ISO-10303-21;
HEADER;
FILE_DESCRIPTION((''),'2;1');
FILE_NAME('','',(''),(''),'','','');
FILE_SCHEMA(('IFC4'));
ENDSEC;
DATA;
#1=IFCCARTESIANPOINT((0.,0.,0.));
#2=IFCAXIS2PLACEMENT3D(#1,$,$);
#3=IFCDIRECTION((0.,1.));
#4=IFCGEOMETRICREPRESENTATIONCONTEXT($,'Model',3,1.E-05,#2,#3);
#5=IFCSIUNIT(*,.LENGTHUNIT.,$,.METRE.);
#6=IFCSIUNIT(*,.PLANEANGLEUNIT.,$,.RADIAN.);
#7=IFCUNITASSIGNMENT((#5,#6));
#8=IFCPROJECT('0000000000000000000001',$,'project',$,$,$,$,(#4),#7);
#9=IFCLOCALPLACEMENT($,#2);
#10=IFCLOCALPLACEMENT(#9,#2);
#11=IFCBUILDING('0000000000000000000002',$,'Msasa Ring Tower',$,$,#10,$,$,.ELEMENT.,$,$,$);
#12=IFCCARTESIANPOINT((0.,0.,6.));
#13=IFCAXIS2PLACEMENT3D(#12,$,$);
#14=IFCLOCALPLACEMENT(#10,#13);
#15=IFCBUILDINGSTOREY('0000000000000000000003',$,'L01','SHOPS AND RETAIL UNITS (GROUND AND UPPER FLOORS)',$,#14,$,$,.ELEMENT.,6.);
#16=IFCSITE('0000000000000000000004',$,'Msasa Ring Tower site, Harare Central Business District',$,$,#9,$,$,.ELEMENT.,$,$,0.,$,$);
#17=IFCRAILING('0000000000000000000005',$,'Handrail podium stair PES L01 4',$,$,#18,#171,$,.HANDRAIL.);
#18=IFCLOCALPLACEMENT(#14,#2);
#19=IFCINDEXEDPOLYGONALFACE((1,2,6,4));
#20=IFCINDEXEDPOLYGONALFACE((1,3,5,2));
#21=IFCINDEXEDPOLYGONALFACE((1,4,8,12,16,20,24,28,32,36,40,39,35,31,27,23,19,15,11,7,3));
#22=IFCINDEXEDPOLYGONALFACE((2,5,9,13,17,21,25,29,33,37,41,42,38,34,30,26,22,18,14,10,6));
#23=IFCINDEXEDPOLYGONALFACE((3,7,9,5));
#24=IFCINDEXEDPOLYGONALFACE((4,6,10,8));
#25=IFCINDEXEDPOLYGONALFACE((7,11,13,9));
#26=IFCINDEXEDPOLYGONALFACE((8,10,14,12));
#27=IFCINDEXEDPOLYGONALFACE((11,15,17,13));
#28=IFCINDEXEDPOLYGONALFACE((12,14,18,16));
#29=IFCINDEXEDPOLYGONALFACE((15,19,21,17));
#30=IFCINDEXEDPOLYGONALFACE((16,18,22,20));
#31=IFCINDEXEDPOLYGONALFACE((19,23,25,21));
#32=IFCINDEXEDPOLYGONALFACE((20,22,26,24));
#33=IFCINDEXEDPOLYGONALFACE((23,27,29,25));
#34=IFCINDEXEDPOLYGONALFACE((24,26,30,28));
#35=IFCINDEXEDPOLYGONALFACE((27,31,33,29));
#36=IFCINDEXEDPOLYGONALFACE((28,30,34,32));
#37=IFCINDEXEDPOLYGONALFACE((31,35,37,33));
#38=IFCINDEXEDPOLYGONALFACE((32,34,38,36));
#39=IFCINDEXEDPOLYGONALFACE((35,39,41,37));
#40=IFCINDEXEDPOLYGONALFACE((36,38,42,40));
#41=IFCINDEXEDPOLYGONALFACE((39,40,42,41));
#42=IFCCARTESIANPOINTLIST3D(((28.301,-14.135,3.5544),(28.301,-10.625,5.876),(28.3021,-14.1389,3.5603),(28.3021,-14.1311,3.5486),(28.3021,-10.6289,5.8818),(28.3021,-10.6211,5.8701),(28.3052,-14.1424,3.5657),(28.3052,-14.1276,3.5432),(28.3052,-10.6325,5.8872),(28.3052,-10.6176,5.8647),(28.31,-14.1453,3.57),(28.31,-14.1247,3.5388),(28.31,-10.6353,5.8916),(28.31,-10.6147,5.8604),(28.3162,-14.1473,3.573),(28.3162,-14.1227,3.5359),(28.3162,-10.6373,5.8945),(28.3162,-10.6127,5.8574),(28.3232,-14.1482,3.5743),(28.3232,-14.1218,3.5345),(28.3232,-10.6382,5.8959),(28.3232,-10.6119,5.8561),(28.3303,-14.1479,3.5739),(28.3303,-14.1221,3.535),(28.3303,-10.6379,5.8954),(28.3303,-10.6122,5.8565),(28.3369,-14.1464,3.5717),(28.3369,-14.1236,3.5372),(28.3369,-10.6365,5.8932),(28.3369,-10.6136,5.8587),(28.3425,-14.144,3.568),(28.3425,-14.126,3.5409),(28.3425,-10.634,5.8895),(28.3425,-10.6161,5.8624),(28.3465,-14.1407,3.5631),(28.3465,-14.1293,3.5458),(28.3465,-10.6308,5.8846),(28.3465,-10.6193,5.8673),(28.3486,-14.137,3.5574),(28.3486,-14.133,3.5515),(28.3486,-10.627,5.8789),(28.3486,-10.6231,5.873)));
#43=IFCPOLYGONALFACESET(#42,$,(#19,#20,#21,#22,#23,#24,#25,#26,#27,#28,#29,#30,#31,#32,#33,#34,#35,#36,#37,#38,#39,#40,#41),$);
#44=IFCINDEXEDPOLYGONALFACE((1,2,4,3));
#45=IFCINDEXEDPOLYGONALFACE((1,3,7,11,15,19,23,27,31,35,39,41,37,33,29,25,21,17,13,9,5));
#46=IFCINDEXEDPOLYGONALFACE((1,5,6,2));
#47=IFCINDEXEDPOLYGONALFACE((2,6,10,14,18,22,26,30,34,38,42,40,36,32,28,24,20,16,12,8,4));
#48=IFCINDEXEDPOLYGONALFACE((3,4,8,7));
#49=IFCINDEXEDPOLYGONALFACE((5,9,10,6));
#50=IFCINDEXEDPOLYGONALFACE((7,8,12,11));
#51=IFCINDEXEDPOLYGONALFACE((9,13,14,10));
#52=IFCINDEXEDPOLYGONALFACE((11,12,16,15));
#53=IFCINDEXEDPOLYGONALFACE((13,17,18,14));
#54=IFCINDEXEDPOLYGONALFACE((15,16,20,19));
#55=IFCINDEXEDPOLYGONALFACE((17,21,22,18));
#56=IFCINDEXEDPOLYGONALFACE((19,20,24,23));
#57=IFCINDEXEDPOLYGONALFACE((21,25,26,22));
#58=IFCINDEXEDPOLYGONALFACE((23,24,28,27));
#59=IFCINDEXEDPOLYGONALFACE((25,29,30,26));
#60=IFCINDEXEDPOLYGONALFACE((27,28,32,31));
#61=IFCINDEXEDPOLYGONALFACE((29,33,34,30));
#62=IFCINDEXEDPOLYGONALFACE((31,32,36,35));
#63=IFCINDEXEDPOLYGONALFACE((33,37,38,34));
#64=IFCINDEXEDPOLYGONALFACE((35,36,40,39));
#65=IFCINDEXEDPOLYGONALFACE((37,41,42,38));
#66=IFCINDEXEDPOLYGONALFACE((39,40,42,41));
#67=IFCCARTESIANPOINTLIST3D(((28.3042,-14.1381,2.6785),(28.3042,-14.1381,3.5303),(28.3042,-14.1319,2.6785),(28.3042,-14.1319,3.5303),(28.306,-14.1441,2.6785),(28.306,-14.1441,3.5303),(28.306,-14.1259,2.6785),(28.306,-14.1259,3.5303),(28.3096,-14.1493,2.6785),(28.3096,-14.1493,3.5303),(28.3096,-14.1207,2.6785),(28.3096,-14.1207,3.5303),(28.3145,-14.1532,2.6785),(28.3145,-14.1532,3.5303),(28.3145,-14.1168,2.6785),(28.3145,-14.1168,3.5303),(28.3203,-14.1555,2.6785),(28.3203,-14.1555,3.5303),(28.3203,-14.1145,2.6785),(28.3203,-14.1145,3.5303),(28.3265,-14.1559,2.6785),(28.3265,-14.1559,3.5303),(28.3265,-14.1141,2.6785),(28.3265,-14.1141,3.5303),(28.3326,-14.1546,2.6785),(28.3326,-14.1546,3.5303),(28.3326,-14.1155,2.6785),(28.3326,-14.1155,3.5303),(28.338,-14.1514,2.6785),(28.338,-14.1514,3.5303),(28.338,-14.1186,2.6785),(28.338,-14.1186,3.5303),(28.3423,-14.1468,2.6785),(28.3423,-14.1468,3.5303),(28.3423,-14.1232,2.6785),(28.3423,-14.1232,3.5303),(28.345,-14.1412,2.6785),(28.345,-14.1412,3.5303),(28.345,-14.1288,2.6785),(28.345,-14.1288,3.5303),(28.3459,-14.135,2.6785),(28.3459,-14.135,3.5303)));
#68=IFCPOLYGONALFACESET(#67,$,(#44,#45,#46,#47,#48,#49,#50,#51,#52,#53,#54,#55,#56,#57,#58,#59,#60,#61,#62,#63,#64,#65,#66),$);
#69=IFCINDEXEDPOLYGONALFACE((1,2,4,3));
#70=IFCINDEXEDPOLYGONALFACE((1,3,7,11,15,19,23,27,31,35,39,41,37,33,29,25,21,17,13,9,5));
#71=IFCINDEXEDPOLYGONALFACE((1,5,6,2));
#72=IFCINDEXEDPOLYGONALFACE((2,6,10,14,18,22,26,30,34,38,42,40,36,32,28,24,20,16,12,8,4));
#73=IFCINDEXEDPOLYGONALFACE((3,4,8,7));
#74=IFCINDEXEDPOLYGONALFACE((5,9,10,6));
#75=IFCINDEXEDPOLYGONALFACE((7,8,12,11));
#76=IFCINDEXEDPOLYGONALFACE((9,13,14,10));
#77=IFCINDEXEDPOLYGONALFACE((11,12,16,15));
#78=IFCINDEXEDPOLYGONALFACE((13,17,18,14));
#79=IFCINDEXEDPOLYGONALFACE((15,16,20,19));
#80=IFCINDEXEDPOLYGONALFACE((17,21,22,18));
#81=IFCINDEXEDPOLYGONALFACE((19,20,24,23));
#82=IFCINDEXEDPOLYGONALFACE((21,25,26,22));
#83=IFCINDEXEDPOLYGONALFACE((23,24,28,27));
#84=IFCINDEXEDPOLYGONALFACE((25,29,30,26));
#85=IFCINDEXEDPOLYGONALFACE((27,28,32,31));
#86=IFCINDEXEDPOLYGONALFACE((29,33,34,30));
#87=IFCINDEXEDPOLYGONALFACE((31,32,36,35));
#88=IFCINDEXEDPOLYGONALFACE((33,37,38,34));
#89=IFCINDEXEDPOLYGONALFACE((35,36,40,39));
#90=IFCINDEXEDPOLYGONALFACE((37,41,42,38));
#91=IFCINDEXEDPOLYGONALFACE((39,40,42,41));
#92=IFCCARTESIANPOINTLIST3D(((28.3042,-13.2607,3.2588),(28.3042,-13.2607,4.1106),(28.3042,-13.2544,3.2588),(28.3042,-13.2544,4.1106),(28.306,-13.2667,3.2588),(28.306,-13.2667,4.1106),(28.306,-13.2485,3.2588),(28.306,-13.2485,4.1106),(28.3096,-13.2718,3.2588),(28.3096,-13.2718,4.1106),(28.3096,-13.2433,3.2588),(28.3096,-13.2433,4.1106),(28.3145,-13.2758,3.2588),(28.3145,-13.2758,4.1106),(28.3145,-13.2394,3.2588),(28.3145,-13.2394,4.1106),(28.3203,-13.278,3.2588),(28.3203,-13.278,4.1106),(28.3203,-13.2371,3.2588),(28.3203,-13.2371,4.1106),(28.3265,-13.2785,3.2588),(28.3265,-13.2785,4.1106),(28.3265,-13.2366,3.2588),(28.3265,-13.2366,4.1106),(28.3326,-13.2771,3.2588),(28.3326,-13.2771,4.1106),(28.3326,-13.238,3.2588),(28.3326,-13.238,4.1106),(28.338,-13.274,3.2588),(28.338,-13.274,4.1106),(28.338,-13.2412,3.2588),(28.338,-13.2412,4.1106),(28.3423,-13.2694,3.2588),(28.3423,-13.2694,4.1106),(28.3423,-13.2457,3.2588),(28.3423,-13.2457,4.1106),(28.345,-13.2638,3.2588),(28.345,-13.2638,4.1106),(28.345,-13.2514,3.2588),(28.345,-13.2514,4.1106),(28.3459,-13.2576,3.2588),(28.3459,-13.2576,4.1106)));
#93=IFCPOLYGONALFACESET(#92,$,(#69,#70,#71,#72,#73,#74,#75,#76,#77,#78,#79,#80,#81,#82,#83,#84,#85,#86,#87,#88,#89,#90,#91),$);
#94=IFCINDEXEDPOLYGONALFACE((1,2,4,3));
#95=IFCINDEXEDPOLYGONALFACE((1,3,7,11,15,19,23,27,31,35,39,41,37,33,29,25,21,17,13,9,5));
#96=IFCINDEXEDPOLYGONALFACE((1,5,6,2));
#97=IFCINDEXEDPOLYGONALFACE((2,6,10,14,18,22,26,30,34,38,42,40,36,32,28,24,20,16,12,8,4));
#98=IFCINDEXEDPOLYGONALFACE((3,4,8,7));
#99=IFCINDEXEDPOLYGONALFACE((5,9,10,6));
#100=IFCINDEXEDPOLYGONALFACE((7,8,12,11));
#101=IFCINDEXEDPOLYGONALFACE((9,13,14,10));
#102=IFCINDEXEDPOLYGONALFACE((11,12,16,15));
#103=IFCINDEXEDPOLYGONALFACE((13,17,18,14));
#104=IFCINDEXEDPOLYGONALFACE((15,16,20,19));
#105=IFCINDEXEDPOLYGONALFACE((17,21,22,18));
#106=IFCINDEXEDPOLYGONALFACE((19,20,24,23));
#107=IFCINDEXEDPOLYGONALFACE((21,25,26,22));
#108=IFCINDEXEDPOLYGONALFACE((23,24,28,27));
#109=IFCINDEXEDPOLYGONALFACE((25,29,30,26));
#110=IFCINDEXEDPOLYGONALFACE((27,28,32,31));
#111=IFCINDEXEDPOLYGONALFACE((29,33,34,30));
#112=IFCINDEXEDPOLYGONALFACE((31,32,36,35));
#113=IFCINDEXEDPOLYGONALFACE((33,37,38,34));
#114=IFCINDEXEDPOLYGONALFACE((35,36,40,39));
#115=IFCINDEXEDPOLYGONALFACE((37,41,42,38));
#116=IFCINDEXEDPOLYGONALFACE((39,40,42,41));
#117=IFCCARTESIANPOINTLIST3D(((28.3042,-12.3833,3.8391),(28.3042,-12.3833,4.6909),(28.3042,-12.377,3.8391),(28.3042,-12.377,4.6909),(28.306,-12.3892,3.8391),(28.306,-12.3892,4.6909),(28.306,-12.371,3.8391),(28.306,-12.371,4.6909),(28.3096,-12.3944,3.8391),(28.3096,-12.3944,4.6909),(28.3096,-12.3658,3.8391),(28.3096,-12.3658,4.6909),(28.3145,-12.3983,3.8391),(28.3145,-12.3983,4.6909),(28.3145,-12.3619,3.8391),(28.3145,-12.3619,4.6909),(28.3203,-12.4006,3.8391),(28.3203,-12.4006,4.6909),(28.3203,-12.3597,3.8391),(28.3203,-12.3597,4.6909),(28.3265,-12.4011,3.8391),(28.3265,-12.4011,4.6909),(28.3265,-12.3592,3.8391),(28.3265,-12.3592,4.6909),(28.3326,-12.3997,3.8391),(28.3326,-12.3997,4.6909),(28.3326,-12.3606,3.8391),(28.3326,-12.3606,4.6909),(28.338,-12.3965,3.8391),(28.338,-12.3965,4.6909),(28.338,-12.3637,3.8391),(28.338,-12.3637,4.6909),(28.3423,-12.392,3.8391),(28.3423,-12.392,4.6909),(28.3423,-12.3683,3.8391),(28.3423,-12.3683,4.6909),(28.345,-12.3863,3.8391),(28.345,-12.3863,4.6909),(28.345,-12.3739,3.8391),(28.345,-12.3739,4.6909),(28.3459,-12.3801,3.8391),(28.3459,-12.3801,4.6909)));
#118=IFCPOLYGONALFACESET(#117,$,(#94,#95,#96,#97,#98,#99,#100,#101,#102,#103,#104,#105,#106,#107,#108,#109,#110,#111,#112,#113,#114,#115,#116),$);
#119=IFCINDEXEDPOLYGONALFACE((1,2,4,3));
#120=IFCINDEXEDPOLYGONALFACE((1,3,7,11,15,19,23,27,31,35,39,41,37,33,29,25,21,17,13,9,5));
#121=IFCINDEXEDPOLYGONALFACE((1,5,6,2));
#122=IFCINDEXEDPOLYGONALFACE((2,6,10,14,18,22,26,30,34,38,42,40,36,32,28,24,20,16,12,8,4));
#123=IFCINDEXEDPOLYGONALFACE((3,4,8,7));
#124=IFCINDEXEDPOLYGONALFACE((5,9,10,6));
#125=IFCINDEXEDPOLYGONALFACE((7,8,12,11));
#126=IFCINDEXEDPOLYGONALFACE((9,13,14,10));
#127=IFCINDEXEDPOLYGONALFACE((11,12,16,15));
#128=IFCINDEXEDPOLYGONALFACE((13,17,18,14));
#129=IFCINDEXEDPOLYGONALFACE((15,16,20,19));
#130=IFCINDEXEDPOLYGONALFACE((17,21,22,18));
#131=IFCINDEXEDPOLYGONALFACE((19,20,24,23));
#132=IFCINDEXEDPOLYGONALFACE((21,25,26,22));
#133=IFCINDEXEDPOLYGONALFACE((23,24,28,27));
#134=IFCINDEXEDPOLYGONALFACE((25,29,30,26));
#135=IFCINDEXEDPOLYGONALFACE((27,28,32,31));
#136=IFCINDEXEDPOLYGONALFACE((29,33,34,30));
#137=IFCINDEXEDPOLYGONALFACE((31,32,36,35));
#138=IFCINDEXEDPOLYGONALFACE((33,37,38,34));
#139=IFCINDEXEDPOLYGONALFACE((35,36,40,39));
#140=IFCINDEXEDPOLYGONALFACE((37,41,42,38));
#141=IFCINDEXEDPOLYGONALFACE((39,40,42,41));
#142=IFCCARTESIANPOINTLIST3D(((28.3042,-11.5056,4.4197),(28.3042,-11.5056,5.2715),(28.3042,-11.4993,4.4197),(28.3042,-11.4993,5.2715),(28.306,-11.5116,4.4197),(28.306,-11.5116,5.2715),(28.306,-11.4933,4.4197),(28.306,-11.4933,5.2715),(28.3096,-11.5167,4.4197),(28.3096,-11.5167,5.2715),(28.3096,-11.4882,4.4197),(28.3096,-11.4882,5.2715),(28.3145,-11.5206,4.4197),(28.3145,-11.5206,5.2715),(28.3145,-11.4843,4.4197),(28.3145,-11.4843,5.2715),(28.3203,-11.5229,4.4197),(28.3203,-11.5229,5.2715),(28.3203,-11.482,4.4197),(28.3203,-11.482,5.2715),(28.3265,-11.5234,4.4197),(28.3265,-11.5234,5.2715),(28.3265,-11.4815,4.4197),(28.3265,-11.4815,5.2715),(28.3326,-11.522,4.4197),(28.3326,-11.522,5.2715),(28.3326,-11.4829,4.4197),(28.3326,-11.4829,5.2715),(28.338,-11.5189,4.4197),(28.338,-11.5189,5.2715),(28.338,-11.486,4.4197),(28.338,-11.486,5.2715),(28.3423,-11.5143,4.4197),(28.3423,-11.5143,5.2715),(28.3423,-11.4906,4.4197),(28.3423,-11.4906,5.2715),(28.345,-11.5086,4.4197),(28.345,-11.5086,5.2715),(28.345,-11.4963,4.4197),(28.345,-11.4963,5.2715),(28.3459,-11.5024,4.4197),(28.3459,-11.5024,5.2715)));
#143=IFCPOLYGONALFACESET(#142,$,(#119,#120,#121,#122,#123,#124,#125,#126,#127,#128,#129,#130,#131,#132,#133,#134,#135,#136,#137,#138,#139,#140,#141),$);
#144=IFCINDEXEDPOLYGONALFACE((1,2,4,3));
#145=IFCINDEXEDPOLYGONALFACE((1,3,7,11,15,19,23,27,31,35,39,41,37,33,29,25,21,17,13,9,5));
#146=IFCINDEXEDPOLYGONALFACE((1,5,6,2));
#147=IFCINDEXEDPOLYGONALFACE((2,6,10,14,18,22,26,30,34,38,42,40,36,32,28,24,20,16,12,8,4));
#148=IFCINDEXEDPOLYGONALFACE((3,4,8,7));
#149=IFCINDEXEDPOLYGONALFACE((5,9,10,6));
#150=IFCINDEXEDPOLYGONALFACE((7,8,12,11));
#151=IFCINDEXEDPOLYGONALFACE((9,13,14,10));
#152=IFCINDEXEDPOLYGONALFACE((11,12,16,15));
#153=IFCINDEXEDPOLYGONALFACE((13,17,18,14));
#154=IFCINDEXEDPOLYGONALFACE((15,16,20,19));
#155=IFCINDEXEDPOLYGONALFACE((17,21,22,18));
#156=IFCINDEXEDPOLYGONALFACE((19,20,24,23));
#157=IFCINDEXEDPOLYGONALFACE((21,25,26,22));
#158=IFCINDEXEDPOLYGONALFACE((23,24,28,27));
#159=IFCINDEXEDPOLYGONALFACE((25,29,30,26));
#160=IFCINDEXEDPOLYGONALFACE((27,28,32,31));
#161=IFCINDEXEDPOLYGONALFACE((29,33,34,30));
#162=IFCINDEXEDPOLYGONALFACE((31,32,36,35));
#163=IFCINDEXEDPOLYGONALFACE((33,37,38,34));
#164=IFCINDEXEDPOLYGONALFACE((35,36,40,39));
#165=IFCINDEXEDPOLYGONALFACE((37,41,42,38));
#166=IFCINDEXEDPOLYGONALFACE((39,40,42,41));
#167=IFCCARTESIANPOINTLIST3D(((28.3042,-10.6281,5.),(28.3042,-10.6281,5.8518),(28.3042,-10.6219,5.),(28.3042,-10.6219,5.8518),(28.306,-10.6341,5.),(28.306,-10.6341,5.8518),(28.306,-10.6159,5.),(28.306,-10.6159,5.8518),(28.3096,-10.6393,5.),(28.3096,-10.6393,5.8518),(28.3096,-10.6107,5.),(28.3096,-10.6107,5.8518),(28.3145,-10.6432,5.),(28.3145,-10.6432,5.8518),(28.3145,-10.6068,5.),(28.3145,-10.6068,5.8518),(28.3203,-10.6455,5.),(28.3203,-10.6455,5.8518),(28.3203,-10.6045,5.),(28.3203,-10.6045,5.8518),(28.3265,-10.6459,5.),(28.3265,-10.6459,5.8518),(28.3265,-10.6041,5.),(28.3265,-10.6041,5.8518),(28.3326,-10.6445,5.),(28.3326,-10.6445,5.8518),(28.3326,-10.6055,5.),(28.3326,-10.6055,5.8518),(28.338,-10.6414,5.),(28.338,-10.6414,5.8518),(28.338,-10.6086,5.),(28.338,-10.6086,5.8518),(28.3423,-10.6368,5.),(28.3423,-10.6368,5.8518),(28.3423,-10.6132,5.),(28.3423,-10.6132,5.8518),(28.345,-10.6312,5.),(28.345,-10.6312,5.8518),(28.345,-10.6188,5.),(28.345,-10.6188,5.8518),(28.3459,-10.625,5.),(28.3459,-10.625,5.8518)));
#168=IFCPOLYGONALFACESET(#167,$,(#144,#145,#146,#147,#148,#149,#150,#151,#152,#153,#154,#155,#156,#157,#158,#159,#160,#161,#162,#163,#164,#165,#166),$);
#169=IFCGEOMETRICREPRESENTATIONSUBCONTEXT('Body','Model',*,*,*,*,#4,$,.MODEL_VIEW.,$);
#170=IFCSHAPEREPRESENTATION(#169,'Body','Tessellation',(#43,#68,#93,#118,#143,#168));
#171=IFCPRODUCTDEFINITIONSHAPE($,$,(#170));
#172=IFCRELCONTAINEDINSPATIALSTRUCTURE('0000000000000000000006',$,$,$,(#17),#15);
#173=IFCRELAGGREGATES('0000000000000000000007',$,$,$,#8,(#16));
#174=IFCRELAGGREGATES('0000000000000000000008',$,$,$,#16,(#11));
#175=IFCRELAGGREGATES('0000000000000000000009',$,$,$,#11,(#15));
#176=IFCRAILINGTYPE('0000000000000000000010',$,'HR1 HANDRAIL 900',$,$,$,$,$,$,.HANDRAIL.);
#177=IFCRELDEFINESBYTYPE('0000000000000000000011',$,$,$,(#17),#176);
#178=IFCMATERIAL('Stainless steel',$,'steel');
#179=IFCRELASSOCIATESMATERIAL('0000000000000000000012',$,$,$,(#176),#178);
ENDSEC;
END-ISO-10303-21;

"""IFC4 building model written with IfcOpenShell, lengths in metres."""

from ifc_helpers import new_model, si_unit, direction, frame, origin, origin_2d, place, context, subcontext, project, spatial, circle, extrude, material, type_object, element, save


model = new_model("IFC4")

# Units and contexts
model_context = context("Model", 3, precision=1e-05, world=origin(), true_north=direction((0.0, 1.0)))
body_context = subcontext(model_context, "Body", "Model", "MODEL_VIEW")
ifc_project = project(units=[si_unit("LENGTHUNIT", "METRE"), si_unit("PLANEANGLEUNIT", "RADIAN")], contexts=[model_context])

# Site, building, storey
site_placement = place(None, origin())
site = spatial("IfcSite", under=ifc_project, at=site_placement, Name="Msasa Ring Tower site, Harare Central Business District", CompositionType="ELEMENT", RefElevation=0.0)
building_placement = place(site_placement, origin())
building = spatial("IfcBuilding", under=site, at=building_placement, Name="Msasa Ring Tower", CompositionType="ELEMENT")
storey_placement = place(building_placement, frame((0.0, 0.0, 6.0)))
storey = spatial("IfcBuildingStorey", under=building, at=storey_placement, Name="L01", Description="SHOPS AND RETAIL UNITS (GROUND AND UPPER FLOORS)", CompositionType="ELEMENT", Elevation=6.0)

# Railing
ifc_material_1 = material(Name="Stainless steel", Category="steel")
railing_type = type_object("IfcRailingType", Name="HR1 HANDRAIL 900", PredefinedType="HANDRAIL", material=ifc_material_1)
for number, where, name in (
    (1, (28.325, -14.135, 2.6785), "Handrail podium stair PES L01 4"),
):
    element("IfcRailing", number, at=place(storey_placement, frame(where)), inside=storey, type_object=railing_type, Name=name, PredefinedType="HANDRAIL", context=body_context, shape_type="SweptSolid", body=[
        extrude(circle(Radius=0.0239, at=origin_2d()), frame((0.0, 0.0, 0.876), z_axis=(0.0, 0.834071, 0.551657), x_axis=(-1.0, 0.0, 0.0)), (0.0, 0.0, 1.0), 4.2083),
        extrude(circle(Radius=0.021, at=origin_2d()), origin(), (0.0, 0.0, 1.0), 0.8518),
        extrude(circle(Radius=0.021, at=origin_2d()), frame((0.0, 0.8774, 0.5803)), (0.0, 0.0, 1.0), 0.8518),
        extrude(circle(Radius=0.021, at=origin_2d()), frame((0.0, 1.7549, 1.1606)), (0.0, 0.0, 1.0), 0.8518),
        extrude(circle(Radius=0.021, at=origin_2d()), frame((0.0, 2.6326, 1.7412)), (0.0, 0.0, 1.0), 0.8518),
        extrude(circle(Radius=0.021, at=origin_2d()), frame((0.0, 3.51, 2.3215)), (0.0, 0.0, 1.0), 0.8518),
    ])

save(model, "model.ifc")
